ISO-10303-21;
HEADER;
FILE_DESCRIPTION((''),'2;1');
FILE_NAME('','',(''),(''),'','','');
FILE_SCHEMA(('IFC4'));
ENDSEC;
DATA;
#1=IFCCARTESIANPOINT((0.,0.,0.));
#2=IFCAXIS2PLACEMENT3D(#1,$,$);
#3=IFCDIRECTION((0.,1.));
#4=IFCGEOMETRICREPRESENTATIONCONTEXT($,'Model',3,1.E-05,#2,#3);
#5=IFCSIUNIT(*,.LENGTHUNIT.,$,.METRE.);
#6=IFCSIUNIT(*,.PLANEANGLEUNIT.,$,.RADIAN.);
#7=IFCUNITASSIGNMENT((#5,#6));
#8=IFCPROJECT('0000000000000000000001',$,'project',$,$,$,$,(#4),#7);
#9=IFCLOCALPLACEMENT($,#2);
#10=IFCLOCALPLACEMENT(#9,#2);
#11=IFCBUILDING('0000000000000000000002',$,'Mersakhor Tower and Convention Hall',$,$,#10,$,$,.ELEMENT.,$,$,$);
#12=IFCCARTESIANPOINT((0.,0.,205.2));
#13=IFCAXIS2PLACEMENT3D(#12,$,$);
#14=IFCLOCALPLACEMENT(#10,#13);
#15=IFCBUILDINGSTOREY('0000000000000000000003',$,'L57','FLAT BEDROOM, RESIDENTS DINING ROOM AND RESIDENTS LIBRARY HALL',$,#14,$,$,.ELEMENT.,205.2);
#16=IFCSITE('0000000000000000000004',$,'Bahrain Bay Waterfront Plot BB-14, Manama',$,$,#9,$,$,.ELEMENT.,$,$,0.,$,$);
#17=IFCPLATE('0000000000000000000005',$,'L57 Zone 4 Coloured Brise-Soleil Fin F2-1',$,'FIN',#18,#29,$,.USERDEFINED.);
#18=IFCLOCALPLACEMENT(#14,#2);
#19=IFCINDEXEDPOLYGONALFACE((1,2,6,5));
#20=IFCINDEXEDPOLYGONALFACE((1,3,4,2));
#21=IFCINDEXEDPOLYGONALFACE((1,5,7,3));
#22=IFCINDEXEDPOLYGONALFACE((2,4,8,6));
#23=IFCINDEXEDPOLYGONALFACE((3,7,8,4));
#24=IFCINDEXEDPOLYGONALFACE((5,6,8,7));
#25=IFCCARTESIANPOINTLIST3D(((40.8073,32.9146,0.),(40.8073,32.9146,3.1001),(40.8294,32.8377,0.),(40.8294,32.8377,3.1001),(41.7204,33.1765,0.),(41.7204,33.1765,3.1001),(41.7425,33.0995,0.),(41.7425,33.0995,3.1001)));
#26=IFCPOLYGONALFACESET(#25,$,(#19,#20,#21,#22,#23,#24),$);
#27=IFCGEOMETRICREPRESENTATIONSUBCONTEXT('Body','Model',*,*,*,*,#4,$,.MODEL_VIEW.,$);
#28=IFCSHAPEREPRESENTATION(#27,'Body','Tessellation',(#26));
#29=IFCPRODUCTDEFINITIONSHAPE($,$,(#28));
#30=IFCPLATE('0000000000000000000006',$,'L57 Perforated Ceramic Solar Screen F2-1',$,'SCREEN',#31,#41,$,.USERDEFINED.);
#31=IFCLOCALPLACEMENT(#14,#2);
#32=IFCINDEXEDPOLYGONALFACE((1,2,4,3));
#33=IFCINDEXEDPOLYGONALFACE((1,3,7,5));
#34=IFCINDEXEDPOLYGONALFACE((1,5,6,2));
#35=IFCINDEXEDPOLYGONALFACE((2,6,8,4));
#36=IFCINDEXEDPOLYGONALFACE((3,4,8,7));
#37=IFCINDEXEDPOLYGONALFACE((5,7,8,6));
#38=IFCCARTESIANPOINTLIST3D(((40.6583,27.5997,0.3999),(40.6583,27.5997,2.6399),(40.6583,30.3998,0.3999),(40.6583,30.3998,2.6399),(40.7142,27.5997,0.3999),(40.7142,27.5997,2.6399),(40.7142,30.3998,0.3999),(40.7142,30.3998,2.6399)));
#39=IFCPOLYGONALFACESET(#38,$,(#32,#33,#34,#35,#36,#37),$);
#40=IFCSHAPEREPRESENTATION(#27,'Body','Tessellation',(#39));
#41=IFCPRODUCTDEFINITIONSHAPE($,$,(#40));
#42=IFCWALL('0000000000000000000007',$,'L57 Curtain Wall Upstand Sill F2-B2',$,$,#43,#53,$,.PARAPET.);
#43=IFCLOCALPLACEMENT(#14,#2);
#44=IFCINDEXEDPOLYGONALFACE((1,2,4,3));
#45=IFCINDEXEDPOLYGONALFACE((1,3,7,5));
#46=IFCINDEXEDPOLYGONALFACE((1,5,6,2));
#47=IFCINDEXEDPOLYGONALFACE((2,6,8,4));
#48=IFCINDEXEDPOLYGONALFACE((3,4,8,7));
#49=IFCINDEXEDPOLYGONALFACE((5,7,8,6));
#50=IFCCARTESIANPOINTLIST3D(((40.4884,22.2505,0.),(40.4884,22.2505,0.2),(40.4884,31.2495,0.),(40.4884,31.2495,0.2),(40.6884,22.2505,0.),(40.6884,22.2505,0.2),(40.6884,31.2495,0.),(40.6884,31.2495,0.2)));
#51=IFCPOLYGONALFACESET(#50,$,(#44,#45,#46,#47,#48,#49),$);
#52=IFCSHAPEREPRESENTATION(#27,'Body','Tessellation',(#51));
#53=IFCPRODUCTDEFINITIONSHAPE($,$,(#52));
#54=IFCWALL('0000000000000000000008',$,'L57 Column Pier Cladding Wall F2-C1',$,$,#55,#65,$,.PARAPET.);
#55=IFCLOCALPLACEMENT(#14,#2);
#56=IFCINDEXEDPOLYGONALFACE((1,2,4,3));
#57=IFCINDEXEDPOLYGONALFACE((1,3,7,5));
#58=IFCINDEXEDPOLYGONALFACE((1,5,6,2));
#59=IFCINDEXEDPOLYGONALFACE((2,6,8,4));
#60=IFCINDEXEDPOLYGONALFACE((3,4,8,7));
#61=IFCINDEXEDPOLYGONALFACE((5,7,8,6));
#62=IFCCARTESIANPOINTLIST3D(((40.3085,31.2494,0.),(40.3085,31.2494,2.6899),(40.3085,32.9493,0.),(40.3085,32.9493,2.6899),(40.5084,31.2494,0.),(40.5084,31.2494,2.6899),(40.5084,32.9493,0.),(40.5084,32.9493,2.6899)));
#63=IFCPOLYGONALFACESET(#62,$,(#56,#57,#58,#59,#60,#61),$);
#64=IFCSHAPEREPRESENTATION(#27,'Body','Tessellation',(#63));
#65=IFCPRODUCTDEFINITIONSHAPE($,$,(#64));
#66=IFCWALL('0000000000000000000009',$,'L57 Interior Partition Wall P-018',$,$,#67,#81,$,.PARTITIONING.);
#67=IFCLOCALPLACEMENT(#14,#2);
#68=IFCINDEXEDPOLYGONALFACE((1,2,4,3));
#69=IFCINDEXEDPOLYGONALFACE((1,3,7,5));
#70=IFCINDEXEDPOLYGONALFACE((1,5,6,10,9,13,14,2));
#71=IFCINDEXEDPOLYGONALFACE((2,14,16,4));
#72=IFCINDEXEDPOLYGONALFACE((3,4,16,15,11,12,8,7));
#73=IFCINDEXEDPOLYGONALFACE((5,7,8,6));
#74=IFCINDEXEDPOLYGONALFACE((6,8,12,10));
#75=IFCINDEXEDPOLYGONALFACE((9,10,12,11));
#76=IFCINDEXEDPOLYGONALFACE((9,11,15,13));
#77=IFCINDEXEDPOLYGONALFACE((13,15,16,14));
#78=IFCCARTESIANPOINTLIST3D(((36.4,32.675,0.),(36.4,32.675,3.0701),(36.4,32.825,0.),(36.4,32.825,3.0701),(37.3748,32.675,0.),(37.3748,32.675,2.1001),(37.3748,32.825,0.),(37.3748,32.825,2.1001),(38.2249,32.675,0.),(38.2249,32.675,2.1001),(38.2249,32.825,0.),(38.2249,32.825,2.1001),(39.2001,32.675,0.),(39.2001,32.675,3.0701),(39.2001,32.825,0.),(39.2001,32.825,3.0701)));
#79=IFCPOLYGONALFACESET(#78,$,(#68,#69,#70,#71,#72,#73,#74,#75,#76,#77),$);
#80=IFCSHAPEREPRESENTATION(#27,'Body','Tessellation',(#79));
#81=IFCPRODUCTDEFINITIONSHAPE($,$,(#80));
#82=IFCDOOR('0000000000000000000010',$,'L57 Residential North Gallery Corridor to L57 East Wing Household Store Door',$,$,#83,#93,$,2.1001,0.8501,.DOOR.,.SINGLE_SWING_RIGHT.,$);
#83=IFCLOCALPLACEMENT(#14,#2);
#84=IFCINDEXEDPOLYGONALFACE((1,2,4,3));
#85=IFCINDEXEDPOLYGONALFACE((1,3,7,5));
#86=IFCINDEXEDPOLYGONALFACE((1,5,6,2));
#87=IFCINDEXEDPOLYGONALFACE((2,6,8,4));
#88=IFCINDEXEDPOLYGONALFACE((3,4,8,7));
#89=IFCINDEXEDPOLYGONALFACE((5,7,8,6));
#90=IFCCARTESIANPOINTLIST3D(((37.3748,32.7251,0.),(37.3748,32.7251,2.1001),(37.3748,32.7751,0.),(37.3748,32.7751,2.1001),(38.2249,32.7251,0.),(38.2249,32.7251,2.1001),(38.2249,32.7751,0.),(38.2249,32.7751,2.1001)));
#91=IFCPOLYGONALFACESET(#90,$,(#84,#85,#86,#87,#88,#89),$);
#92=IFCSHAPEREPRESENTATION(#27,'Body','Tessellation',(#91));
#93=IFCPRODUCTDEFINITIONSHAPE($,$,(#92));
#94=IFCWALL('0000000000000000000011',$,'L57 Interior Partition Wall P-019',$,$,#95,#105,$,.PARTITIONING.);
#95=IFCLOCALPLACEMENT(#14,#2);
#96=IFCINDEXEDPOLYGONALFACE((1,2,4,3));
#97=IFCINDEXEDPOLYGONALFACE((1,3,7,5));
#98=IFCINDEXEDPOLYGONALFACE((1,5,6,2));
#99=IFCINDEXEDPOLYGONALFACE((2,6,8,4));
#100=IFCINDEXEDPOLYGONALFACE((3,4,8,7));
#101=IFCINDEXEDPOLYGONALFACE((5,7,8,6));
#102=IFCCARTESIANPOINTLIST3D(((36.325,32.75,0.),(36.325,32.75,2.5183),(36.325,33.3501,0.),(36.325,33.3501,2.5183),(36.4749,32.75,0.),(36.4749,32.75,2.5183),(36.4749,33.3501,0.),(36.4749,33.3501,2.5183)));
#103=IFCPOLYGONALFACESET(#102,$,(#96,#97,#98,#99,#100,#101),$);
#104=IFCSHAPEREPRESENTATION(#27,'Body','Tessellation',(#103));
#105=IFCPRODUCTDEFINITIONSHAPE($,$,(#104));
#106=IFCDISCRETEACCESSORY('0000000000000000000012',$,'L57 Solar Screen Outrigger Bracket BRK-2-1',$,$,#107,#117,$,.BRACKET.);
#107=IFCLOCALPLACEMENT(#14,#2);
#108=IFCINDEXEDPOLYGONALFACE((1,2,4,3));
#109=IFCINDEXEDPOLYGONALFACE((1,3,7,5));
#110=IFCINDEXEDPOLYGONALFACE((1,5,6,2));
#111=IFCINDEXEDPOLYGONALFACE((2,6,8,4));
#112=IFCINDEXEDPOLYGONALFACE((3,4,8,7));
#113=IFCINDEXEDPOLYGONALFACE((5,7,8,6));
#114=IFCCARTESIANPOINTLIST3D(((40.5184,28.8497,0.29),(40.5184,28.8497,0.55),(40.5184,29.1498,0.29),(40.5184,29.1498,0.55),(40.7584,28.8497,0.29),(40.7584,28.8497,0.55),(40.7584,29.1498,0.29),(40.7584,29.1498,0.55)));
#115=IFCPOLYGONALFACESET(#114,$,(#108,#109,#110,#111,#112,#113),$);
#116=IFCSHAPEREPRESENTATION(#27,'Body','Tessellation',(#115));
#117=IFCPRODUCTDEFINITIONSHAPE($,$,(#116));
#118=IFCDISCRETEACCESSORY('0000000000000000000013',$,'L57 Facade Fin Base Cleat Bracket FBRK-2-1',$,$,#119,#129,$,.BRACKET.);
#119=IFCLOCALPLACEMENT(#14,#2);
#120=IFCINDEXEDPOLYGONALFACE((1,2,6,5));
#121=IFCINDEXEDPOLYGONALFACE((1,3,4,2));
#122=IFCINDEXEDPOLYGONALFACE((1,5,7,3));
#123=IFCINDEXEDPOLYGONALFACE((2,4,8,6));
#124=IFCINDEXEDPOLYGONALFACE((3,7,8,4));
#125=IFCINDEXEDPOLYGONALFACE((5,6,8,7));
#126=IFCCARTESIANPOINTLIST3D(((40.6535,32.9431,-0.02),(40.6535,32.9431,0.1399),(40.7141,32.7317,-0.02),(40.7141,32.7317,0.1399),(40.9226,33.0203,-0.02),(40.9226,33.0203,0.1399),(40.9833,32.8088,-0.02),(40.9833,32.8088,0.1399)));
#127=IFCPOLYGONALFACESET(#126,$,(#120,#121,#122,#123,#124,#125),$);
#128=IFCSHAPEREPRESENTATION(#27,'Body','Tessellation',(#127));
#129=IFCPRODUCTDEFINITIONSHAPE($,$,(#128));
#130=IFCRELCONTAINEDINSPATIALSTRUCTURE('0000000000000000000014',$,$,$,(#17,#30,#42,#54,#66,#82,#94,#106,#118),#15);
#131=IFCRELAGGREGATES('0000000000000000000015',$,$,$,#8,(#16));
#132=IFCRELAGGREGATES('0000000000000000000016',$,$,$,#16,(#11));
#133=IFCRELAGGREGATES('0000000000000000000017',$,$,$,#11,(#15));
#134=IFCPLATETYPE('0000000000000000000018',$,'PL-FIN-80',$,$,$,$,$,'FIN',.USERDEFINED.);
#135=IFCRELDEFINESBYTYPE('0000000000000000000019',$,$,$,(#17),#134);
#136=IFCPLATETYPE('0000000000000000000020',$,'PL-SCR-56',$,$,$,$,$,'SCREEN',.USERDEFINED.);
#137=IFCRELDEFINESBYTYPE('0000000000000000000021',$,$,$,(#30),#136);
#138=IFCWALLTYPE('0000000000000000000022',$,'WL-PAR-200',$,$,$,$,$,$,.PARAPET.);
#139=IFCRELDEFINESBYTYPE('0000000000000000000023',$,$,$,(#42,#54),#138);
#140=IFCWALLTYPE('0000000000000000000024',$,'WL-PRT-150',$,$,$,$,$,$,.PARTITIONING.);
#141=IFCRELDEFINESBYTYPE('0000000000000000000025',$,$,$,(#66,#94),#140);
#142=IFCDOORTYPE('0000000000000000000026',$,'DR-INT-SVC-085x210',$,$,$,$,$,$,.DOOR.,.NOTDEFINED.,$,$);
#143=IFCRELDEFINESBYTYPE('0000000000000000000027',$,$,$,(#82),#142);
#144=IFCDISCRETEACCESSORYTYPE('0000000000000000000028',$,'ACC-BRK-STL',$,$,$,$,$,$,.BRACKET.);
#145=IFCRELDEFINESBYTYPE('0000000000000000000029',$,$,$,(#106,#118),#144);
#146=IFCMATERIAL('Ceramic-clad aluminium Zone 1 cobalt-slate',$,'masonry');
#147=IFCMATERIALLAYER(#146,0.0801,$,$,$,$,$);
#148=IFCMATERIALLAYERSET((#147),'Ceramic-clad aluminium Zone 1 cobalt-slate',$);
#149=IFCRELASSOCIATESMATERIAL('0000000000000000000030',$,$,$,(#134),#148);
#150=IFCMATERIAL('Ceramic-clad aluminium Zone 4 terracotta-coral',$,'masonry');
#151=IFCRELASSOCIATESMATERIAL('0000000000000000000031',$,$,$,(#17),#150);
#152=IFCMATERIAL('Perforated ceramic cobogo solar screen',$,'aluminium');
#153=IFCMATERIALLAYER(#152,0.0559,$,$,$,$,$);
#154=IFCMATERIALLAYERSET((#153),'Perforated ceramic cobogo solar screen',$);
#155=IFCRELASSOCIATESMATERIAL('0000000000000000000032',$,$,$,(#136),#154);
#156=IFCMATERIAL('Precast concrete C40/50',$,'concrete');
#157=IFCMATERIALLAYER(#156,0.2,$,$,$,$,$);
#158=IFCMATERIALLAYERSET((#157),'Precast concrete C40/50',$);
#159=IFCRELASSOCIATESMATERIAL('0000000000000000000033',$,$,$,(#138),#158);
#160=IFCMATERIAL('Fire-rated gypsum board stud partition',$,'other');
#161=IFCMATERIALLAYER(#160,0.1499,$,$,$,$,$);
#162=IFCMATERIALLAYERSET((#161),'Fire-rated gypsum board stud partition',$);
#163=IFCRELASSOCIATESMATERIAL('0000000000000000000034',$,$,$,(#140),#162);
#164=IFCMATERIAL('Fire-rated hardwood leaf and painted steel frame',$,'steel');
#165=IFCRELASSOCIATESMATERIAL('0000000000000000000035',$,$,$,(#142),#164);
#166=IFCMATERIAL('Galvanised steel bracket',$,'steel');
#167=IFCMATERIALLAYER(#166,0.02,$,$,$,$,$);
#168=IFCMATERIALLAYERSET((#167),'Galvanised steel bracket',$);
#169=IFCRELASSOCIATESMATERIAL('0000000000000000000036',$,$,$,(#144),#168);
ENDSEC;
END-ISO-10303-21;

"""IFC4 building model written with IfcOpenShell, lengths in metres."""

from ifc_helpers import new_model, si_unit, direction, frame, frame_2d, origin, origin_2d, place, context, subcontext, project, spatial, rectangle, extrude, material, layer, layer_set, type_object, element, fill, save


model = new_model("IFC4")

# Units and contexts
model_context = context("Model", 3, precision=1e-05, world=origin(), true_north=direction((0.0, 1.0)))
body_context = subcontext(model_context, "Body", "Model", "MODEL_VIEW")
ifc_project = project(units=[si_unit("LENGTHUNIT", "METRE"), si_unit("PLANEANGLEUNIT", "RADIAN")], contexts=[model_context])

# Site, building, storey
site_placement = place(None, origin())
site = spatial("IfcSite", under=ifc_project, at=site_placement, Name="Bahrain Bay Waterfront Plot BB-14, Manama", CompositionType="ELEMENT", RefElevation=0.0)
building_placement = place(site_placement, origin())
building = spatial("IfcBuilding", under=site, at=building_placement, Name="Mersakhor Tower and Convention Hall", CompositionType="ELEMENT")
storey_placement = place(building_placement, frame((0.0, 0.0, 205.2)))
storey = spatial("IfcBuildingStorey", under=building, at=storey_placement, Name="L57", Description="FLAT BEDROOM, RESIDENTS DINING ROOM AND RESIDENTS LIBRARY HALL", CompositionType="ELEMENT", Elevation=205.2)

# Plates
ifc_material_1 = material(Name="Ceramic-clad aluminium Zone 4 terracotta-coral", Category="masonry")
ifc_material_2 = material(Name="Ceramic-clad aluminium Zone 1 cobalt-slate", Category="masonry")
ifc_layer_1 = layer(ifc_material_2, 0.0801)
ifc_layer_set_1 = layer_set([ifc_layer_1], Name="Ceramic-clad aluminium Zone 1 cobalt-slate")
plate_type_1 = type_object("IfcPlateType", Name="PL-FIN-80", ElementType="FIN", PredefinedType="USERDEFINED", material=ifc_layer_set_1)
plate_1_placement = place(storey_placement, frame((41.2749, 33.0071, 0.0), z_axis=(0.0, 0.0, 1.0), x_axis=(0.961262, 0.275637, 0.0)))
element("IfcPlate", 1, at=plate_1_placement, inside=storey, type_object=plate_type_1, material=ifc_material_1, Name="L57 Zone 4 Coloured Brise-Soleil Fin F2-1", ObjectType="FIN", PredefinedType="USERDEFINED", context=body_context, shape_type="SweptSolid", body=[
    extrude(rectangle(XDim=0.95, YDim=0.0801, at=origin_2d()), origin(), (0.0, 0.0, 1.0), 3.1001),
])
ifc_material_3 = material(Name="Perforated ceramic cobogo solar screen", Category="aluminium")
ifc_layer_2 = layer(ifc_material_3, 0.0559)
ifc_layer_set_2 = layer_set([ifc_layer_2], Name="Perforated ceramic cobogo solar screen")
plate_type_2 = type_object("IfcPlateType", Name="PL-SCR-56", ElementType="SCREEN", PredefinedType="USERDEFINED", material=ifc_layer_set_2)
plate_2_placement = place(storey_placement, frame((40.6863, 28.9998, 0.3999), z_axis=(0.0, 0.0, 1.0), x_axis=(0.0, -1.0, 0.0)))
element("IfcPlate", 2, at=plate_2_placement, inside=storey, type_object=plate_type_2, Name="L57 Perforated Ceramic Solar Screen F2-1", ObjectType="SCREEN", PredefinedType="USERDEFINED", context=body_context, shape_type="SweptSolid", body=[
    extrude(rectangle(XDim=2.8, YDim=0.0559, at=origin_2d()), origin(), (0.0, 0.0, 1.0), 2.24),
])

# Walls
ifc_material_4 = material(Name="Precast concrete C40/50", Category="concrete")
ifc_layer_3 = layer(ifc_material_4, 0.2)
ifc_layer_set_3 = layer_set([ifc_layer_3], Name="Precast concrete C40/50")
wall_type_1 = type_object("IfcWallType", Name="WL-PAR-200", PredefinedType="PARAPET", material=ifc_layer_set_3)
wall_1_placement = place(storey_placement, frame((40.5884, 31.2495, 0.0), z_axis=(0.0, 0.0, 1.0), x_axis=(0.0, -1.0, 0.0)))
element("IfcWall", 3, at=wall_1_placement, inside=storey, type_object=wall_type_1, Name="L57 Curtain Wall Upstand Sill F2-B2", PredefinedType="PARAPET", context=body_context, shape_type="SweptSolid", body=[
    extrude(rectangle(XDim=8.999, YDim=0.2, at=frame_2d((4.4995, 0.0))), origin(), (0.0, 0.0, 1.0), 0.2),
])
wall_2_placement = place(storey_placement, frame((40.4084, 32.9495, 0.0), z_axis=(0.0, 0.0, 1.0), x_axis=(0.0, -1.0, 0.0)))
element("IfcWall", 4, at=wall_2_placement, inside=storey, type_object=wall_type_1, Name="L57 Column Pier Cladding Wall F2-C1", PredefinedType="PARAPET", context=body_context, shape_type="SweptSolid", body=[
    extrude(rectangle(XDim=1.7, YDim=0.2, at=frame_2d((0.8501, 0.0))), origin(), (0.0, 0.0, 1.0), 2.6899),
])

# Wall, opening, door
ifc_material_5 = material(Name="Fire-rated gypsum board stud partition", Category="other")
ifc_layer_4 = layer(ifc_material_5, 0.1499)
ifc_layer_set_4 = layer_set([ifc_layer_4], Name="Fire-rated gypsum board stud partition")
wall_type_2 = type_object("IfcWallType", Name="WL-PRT-150", PredefinedType="PARTITIONING", material=ifc_layer_set_4)
wall_3_placement = place(storey_placement, frame((39.2, 32.75, 0.0), z_axis=(0.0, 0.0, 1.0), x_axis=(-1.0, 0.0, 0.0)))
wall_3 = element("IfcWall", 5, at=wall_3_placement, inside=storey, type_object=wall_type_2, Name="L57 Interior Partition Wall P-018", PredefinedType="PARTITIONING", context=body_context, shape_type="SweptSolid", body=[
    extrude(rectangle(XDim=2.8, YDim=0.1499, at=frame_2d((1.3999, 0.0))), origin(), (0.0, 0.0, 1.0), 3.0701),
])
opening_placement = place(wall_3_placement, frame((0.9751, 0.0, 0.0)))
opening = element("IfcOpeningElement", 6, at=opening_placement, cuts=wall_3, PredefinedType="OPENING", context=body_context, shape_type="SweptSolid", body=[
    extrude(rectangle(XDim=0.8501, YDim=2.1001, at=frame_2d((0.425, 1.05))), frame((0.0, 0.085, 0.0), z_axis=(0.0, -1.0, 0.0), x_axis=(1.0, 0.0, 0.0)), (0.0, 0.0, 1.0), 0.1699),
])
ifc_material_6 = material(Name="Fire-rated hardwood leaf and painted steel frame", Category="steel")
door_type = type_object("IfcDoorType", Name="DR-INT-SVC-085x210", OperationType="NOTDEFINED", PredefinedType="DOOR", material=ifc_material_6)
door_placement = place(opening_placement, origin())
door = element("IfcDoor", 7, at=door_placement, inside=storey, type_object=door_type, Name="L57 Residential North Gallery Corridor to L57 East Wing Household Store Door", OperationType="SINGLE_SWING_RIGHT", OverallHeight=2.1001, OverallWidth=0.8501, PredefinedType="DOOR", context=body_context, shape_type="SweptSolid", body=[
    extrude(rectangle(XDim=0.8501, YDim=2.1001, at=frame_2d((0.425, 1.05))), frame((0.0, 0.0249, 0.0), z_axis=(0.0, -1.0, 0.0), x_axis=(1.0, 0.0, 0.0)), (0.0, 0.0, 1.0), 0.05),
])
fill(opening, door)

# Wall
wall_4_placement = place(storey_placement, frame((36.3999, 32.75, 0.0), z_axis=(0.0, 0.0, 1.0), x_axis=(0.0, 1.0, 0.0)))
element("IfcWall", 8, at=wall_4_placement, inside=storey, type_object=wall_type_2, Name="L57 Interior Partition Wall P-019", PredefinedType="PARTITIONING", context=body_context, shape_type="SweptSolid", body=[
    extrude(rectangle(XDim=0.6001, YDim=0.1499, at=frame_2d((0.3, 0.0))), origin(), (0.0, 0.0, 1.0), 2.5183),
])

# Discrete accessories
ifc_material_7 = material(Name="Galvanised steel bracket", Category="steel")
ifc_layer_5 = layer(ifc_material_7, 0.02)
ifc_layer_set_5 = layer_set([ifc_layer_5], Name="Galvanised steel bracket")
discrete_accessory_type = type_object("IfcDiscreteAccessoryType", Name="ACC-BRK-STL", PredefinedType="BRACKET", material=ifc_layer_set_5)
discrete_accessory_1_placement = place(storey_placement, frame((40.6384, 28.9998, 0.29), z_axis=(0.0, 0.0, 1.0), x_axis=(0.0, -1.0, 0.0)))
element("IfcDiscreteAccessory", 9, at=discrete_accessory_1_placement, inside=storey, type_object=discrete_accessory_type, Name="L57 Solar Screen Outrigger Bracket BRK-2-1", PredefinedType="BRACKET", context=body_context, shape_type="SweptSolid", body=[
    extrude(rectangle(XDim=0.3, YDim=0.24, at=origin_2d()), origin(), (0.0, 0.0, 1.0), 0.26),
])
discrete_accessory_2_placement = place(storey_placement, frame((40.8184, 32.876, -0.02), z_axis=(0.0, 0.0, 1.0), x_axis=(0.961262, 0.275637, 0.0)))
element("IfcDiscreteAccessory", 10, at=discrete_accessory_2_placement, inside=storey, type_object=discrete_accessory_type, Name="L57 Facade Fin Base Cleat Bracket FBRK-2-1", PredefinedType="BRACKET", context=body_context, shape_type="SweptSolid", body=[
    extrude(rectangle(XDim=0.28, YDim=0.22, at=origin_2d()), origin(), (0.0, 0.0, 1.0), 0.1599),
])

save(model, "model.ifc")
